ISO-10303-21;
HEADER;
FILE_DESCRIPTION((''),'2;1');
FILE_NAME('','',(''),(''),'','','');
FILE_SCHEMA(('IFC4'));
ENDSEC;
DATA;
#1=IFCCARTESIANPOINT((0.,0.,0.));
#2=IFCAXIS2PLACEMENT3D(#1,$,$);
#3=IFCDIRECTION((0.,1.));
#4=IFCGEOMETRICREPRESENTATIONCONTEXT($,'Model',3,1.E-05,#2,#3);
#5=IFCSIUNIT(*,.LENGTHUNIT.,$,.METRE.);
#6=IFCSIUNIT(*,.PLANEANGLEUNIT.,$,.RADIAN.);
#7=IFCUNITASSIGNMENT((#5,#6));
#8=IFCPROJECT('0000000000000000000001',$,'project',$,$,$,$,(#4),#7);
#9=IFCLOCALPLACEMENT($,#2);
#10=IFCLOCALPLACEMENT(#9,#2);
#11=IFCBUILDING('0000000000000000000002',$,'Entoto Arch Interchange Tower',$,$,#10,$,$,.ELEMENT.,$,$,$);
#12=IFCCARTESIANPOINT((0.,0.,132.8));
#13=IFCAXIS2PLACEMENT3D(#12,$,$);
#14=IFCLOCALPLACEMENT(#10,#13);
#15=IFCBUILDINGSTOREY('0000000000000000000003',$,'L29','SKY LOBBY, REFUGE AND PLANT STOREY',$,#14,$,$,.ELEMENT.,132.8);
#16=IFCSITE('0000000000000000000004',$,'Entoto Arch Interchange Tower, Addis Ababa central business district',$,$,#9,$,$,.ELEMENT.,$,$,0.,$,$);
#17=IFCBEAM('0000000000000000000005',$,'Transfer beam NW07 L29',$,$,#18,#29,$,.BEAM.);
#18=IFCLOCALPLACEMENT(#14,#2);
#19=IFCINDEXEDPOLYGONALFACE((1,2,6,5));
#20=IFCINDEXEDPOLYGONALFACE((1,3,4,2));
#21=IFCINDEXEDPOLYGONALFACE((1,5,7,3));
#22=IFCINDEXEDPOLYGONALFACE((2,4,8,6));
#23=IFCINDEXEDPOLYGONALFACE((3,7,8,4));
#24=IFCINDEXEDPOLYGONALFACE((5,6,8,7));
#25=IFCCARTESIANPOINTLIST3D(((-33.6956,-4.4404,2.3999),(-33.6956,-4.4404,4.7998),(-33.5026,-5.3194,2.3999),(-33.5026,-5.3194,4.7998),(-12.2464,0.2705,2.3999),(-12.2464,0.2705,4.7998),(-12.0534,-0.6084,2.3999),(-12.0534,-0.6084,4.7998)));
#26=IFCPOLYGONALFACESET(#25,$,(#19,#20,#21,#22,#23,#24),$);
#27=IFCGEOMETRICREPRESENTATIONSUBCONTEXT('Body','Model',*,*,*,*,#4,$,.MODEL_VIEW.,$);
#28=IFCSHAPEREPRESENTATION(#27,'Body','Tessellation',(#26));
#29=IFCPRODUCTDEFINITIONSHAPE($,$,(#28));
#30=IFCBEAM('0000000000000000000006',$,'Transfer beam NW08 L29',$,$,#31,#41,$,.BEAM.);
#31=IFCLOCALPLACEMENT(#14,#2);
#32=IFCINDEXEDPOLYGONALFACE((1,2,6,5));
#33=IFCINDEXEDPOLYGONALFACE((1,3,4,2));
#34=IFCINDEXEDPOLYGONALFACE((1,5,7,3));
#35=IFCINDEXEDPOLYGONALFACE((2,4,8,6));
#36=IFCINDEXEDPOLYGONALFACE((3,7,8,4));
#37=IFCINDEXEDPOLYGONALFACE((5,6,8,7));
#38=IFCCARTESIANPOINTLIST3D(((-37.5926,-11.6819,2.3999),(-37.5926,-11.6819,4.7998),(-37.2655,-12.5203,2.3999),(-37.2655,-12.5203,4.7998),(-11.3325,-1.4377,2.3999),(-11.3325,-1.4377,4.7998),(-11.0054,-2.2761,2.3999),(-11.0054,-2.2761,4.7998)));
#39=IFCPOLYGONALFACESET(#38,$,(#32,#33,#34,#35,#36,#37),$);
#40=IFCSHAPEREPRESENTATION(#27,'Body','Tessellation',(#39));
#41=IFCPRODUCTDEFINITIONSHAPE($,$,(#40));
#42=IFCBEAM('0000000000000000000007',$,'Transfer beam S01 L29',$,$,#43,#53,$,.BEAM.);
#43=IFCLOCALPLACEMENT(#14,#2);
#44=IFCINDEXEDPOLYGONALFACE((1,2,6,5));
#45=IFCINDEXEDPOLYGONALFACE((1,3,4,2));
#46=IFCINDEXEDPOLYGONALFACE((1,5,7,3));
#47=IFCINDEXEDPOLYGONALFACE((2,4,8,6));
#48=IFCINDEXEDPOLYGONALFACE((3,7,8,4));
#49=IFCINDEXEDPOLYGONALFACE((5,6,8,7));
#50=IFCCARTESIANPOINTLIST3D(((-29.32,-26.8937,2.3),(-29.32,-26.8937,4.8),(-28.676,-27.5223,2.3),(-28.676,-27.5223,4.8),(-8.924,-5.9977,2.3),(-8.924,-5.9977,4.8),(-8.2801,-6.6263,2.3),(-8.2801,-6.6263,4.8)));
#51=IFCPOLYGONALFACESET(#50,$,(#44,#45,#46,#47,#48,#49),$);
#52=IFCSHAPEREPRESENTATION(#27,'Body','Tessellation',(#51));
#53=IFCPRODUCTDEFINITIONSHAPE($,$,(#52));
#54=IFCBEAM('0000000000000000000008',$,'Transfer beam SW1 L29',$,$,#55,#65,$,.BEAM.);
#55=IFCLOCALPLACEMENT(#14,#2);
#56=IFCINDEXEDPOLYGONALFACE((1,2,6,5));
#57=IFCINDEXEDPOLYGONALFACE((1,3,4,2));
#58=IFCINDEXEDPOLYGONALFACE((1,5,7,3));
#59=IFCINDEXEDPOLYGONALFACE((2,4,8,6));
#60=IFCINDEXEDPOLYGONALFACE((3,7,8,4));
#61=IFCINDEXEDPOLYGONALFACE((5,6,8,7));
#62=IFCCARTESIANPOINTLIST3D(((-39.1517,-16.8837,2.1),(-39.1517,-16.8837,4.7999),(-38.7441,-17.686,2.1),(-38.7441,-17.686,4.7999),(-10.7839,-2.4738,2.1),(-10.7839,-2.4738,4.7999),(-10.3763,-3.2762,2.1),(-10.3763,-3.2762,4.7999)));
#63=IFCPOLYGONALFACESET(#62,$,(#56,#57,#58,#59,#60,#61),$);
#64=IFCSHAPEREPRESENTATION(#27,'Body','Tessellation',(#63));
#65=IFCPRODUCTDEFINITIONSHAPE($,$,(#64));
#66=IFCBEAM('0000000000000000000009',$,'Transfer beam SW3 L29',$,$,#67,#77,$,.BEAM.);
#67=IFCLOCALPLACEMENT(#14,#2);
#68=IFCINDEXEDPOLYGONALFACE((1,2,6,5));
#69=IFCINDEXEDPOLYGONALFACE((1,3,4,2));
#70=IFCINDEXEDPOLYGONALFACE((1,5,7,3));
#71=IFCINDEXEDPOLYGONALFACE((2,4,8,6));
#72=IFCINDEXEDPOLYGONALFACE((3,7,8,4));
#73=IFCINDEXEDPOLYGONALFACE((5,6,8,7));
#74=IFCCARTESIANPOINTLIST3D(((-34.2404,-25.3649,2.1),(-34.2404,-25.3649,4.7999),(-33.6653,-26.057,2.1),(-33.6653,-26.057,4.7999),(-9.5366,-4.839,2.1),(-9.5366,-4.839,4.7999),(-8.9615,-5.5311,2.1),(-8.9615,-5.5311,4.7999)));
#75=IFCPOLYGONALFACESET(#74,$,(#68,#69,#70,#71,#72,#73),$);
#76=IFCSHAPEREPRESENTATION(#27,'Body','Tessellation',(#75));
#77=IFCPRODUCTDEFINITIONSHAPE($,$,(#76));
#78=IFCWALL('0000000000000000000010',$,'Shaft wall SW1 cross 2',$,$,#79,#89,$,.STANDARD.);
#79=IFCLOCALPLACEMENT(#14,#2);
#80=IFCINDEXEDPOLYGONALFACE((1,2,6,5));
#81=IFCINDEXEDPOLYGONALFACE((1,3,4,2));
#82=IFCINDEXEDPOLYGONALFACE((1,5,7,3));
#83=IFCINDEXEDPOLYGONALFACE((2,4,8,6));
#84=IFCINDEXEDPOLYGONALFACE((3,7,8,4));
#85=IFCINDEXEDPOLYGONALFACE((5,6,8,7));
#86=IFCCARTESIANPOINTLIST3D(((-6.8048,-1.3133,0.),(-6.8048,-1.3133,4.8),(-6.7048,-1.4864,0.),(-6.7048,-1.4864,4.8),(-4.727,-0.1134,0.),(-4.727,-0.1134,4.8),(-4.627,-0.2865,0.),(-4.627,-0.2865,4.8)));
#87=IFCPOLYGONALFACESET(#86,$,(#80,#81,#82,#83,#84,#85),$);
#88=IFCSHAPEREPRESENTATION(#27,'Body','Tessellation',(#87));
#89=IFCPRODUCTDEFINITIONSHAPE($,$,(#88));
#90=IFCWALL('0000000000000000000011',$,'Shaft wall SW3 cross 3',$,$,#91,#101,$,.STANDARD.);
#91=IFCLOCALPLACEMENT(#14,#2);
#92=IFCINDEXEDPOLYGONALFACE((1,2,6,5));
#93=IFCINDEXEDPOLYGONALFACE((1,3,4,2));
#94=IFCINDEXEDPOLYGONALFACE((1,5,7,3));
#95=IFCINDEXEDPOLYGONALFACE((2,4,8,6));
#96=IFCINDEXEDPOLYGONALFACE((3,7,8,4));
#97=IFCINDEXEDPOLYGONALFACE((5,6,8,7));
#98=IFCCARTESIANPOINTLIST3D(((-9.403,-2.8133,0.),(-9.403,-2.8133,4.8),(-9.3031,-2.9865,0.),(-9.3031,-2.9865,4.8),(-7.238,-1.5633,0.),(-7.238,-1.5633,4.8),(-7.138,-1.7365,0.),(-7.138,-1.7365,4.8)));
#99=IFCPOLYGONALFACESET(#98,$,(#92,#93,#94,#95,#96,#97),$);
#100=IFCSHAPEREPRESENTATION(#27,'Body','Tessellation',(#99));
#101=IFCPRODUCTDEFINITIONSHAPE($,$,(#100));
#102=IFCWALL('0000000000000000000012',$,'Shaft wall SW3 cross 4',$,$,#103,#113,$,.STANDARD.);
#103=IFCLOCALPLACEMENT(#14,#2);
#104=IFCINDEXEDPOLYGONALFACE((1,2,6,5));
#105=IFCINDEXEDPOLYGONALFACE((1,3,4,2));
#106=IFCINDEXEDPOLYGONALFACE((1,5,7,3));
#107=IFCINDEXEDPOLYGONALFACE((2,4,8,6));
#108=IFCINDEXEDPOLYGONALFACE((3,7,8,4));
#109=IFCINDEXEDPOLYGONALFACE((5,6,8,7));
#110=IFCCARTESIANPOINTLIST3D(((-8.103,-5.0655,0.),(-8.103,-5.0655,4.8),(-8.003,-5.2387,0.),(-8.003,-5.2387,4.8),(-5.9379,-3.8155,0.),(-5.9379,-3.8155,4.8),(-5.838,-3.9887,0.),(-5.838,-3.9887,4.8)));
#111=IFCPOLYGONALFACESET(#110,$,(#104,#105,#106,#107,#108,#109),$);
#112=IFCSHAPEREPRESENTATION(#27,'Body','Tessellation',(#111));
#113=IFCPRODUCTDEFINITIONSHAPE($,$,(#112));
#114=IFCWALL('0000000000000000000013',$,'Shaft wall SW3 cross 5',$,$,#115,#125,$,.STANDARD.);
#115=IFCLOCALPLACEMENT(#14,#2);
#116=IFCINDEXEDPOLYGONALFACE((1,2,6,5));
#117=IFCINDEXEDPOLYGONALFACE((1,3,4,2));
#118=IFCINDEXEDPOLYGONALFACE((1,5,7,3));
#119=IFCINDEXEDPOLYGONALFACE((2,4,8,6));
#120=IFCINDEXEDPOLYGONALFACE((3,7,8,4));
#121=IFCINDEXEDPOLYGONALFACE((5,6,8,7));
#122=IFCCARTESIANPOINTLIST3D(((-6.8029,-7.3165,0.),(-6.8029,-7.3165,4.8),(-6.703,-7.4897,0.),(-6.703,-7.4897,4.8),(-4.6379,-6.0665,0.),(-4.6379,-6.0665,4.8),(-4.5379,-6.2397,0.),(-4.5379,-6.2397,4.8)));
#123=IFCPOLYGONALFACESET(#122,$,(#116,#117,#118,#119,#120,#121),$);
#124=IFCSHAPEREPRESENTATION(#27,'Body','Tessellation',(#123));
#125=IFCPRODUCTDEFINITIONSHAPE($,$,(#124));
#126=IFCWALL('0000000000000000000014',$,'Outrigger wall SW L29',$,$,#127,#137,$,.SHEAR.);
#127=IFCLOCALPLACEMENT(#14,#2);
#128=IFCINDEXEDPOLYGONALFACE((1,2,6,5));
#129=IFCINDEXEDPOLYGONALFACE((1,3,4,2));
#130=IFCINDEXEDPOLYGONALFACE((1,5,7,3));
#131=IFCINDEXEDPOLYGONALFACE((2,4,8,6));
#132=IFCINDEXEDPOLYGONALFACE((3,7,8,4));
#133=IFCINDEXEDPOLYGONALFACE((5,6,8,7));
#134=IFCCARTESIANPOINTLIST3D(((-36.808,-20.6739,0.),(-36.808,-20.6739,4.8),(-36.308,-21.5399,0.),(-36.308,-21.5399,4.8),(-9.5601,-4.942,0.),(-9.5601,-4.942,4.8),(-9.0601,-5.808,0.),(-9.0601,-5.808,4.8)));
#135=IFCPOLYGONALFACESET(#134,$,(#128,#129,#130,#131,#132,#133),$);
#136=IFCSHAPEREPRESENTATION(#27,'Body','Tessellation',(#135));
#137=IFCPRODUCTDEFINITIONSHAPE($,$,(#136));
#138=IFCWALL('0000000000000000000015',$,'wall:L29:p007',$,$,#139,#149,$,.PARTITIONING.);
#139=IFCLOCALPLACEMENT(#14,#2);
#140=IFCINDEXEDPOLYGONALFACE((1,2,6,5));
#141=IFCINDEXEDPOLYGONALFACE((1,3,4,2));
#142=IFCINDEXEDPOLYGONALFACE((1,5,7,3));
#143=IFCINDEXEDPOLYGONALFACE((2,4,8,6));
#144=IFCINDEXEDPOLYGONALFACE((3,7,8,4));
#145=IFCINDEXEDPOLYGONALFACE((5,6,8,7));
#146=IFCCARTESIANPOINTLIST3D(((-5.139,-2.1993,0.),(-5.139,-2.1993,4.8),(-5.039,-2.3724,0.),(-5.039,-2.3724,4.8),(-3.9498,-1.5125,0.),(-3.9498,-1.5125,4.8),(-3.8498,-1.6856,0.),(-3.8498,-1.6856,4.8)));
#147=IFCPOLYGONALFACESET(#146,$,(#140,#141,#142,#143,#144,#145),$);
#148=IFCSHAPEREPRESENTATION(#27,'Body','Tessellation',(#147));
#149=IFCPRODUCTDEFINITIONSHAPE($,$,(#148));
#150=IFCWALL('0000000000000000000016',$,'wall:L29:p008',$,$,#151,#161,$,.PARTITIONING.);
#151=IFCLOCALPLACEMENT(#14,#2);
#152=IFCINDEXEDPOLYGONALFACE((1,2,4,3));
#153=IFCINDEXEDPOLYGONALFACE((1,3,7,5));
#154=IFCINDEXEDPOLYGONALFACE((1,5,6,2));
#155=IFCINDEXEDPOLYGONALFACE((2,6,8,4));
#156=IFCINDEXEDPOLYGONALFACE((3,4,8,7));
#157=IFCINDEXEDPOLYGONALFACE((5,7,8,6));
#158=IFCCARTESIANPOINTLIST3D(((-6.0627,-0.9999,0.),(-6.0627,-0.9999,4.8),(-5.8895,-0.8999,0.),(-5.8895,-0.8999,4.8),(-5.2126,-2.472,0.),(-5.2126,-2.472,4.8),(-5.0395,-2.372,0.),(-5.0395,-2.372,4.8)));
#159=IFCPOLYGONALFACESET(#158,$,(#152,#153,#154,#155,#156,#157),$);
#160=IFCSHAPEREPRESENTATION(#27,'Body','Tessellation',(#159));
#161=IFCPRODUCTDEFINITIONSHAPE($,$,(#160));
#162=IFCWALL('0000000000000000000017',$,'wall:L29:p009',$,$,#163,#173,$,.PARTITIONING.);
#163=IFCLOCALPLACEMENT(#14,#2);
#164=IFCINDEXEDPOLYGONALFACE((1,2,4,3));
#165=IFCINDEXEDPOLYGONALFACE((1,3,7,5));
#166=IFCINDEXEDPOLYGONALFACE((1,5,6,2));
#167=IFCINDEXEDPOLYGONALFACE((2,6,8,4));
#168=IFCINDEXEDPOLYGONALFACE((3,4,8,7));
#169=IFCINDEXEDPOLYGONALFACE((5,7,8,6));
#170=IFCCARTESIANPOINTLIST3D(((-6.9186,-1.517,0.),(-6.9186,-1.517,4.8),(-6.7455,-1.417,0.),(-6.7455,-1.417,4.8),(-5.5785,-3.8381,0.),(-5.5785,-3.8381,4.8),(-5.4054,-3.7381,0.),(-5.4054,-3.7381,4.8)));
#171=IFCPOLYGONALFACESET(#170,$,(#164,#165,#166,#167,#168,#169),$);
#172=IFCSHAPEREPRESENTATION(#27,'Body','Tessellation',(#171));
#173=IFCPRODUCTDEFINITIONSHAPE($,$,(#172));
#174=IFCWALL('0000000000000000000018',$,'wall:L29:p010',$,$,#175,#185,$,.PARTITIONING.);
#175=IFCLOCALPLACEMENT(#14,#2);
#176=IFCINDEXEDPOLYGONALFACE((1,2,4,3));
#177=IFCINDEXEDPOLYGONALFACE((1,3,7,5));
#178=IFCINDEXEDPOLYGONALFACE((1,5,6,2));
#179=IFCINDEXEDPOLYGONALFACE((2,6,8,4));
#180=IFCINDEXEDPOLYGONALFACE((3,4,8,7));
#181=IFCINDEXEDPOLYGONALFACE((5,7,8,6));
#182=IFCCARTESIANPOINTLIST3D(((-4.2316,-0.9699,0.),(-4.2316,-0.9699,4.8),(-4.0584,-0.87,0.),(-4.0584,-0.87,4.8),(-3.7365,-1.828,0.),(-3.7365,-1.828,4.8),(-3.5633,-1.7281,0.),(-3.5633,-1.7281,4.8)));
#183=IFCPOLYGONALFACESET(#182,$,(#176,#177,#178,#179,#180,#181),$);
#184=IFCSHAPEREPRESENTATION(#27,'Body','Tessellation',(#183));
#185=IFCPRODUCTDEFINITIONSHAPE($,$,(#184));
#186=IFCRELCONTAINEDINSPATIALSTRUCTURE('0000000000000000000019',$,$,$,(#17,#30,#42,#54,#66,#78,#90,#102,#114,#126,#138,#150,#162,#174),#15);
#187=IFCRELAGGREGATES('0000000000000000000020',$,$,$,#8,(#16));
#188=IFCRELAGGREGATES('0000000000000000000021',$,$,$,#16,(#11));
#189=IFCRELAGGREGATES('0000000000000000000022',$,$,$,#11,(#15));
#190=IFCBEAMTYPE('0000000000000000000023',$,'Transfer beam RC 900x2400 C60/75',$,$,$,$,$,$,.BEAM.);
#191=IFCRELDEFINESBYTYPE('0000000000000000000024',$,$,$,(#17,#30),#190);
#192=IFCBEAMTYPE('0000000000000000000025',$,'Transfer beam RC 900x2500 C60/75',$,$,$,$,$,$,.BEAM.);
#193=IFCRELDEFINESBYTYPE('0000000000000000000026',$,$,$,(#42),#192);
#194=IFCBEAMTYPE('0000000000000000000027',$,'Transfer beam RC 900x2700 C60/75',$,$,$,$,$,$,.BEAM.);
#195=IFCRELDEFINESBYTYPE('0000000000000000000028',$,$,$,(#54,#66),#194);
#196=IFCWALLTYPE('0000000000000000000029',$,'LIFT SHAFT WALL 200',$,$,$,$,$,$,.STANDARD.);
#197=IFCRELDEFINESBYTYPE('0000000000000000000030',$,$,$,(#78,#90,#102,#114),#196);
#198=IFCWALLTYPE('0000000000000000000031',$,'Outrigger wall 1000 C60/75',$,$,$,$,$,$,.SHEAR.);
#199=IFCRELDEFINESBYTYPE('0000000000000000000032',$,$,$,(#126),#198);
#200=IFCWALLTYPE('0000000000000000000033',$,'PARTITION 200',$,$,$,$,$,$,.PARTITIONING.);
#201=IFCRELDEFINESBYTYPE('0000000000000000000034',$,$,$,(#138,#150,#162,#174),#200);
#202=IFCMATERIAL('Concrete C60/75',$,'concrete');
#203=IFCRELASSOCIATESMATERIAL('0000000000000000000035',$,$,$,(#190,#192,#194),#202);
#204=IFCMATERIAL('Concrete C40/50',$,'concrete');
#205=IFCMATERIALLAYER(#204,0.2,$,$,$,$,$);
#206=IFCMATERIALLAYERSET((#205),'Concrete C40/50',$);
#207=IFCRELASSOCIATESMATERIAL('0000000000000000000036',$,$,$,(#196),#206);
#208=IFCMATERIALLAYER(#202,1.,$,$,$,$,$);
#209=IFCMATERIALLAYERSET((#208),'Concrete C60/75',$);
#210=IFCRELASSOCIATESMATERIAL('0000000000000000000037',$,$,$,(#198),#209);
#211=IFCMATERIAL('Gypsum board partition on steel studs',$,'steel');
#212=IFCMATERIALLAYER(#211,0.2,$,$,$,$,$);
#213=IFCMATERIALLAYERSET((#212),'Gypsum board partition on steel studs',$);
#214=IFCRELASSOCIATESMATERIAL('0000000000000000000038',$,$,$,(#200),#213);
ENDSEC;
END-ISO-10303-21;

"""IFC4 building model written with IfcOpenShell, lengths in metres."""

from ifc_helpers import new_model, si_unit, direction, frame, frame_2d, origin, origin_2d, place, context, subcontext, project, spatial, rectangle, extrude, material, layer, layer_set, material_profile, profile_set, type_object, element, save


model = new_model("IFC4")

# Units and contexts
model_context = context("Model", 3, precision=1e-05, world=origin(), true_north=direction((0.0, 1.0)))
body_context = subcontext(model_context, "Body", "Model", "MODEL_VIEW")
ifc_project = project(units=[si_unit("LENGTHUNIT", "METRE"), si_unit("PLANEANGLEUNIT", "RADIAN")], contexts=[model_context])

# Site, building, storey
site_placement = place(None, origin())
site = spatial("IfcSite", under=ifc_project, at=site_placement, Name="Entoto Arch Interchange Tower, Addis Ababa central business district", CompositionType="ELEMENT", RefElevation=0.0)
building_placement = place(site_placement, origin())
building = spatial("IfcBuilding", under=site, at=building_placement, Name="Entoto Arch Interchange Tower", CompositionType="ELEMENT")
storey_placement = place(building_placement, frame((0.0, 0.0, 132.8)))
storey = spatial("IfcBuildingStorey", under=building, at=storey_placement, Name="L29", Description="SKY LOBBY, REFUGE AND PLANT STOREY", CompositionType="ELEMENT", Elevation=132.8)

# Beams
ifc_material_1 = material(Name="Concrete C60/75", Category="concrete")
ifc_material_profile_1 = material_profile(ifc_material_1, rectangle(XDim=0.8999, YDim=2.3999, at=origin_2d()))
ifc_profile_set_1 = profile_set([ifc_material_profile_1], Name="Concrete C60/75")
beam_type_1 = type_object("IfcBeamType", Name="Transfer beam RC 900x2400 C60/75", PredefinedType="BEAM", material=ifc_profile_set_1)
beam_1_placement = place(storey_placement, frame((-12.1499, -0.1689, 3.5999), z_axis=(-0.97672, -0.214519, 0.0), x_axis=(0.214519, -0.97672, 0.0)))
element("IfcBeam", 1, at=beam_1_placement, inside=storey, type_object=beam_type_1, Name="Transfer beam NW07 L29", PredefinedType="BEAM", context=body_context, shape_type="SweptSolid", body=[
    extrude(rectangle(XDim=0.8999, YDim=2.3999, at=origin_2d()), origin(), (0.0, 0.0, 1.0), 21.9604),
])
beam_2_placement = place(storey_placement, frame((-11.1689, -1.8569, 3.5999), z_axis=(-0.931622, -0.36343, 0.0), x_axis=(0.36343, -0.931622, 0.0)))
element("IfcBeam", 2, at=beam_2_placement, inside=storey, type_object=beam_type_1, Name="Transfer beam NW08 L29", PredefinedType="BEAM", context=body_context, shape_type="SweptSolid", body=[
    extrude(rectangle(XDim=0.8999, YDim=2.3999, at=origin_2d()), origin(), (0.0, 0.0, 1.0), 28.1875),
])
ifc_material_profile_2 = material_profile(ifc_material_1, rectangle(XDim=0.8999, YDim=2.5, at=origin_2d()))
ifc_profile_set_2 = profile_set([ifc_material_profile_2], Name="Concrete C60/75")
beam_type_2 = type_object("IfcBeamType", Name="Transfer beam RC 900x2500 C60/75", PredefinedType="BEAM", material=ifc_profile_set_2)
beam_3_placement = place(storey_placement, frame((-8.6021, -6.312, 3.55), z_axis=(-0.698493, -0.715617, 0.0), x_axis=(0.715617, -0.698493, 0.0)))
element("IfcBeam", 3, at=beam_3_placement, inside=storey, type_object=beam_type_2, Name="Transfer beam S01 L29", PredefinedType="BEAM", context=body_context, shape_type="SweptSolid", body=[
    extrude(rectangle(XDim=0.8999, YDim=2.5, at=origin_2d()), origin(), (0.0, 0.0, 1.0), 29.2),
])
ifc_material_profile_3 = material_profile(ifc_material_1, rectangle(XDim=0.8999, YDim=2.7, at=origin_2d()))
ifc_profile_set_3 = profile_set([ifc_material_profile_3], Name="Concrete C60/75")
beam_type_3 = type_object("IfcBeamType", Name="Transfer beam RC 900x2700 C60/75", PredefinedType="BEAM", material=ifc_profile_set_3)
beam_4_placement = place(storey_placement, frame((-10.5801, -2.875, 3.45), z_axis=(-0.891569, -0.452886, 0.0), x_axis=(0.452886, -0.891569, 0.0)))
element("IfcBeam", 4, at=beam_4_placement, inside=storey, type_object=beam_type_3, Name="Transfer beam SW1 L29", PredefinedType="BEAM", context=body_context, shape_type="SweptSolid", body=[
    extrude(rectangle(XDim=0.8999, YDim=2.7, at=origin_2d()), origin(), (0.0, 0.0, 1.0), 31.8179),
])
beam_5_placement = place(storey_placement, frame((-9.249, -5.1851, 3.45), z_axis=(-0.769149, -0.639069, 0.0), x_axis=(0.639069, -0.769149, 0.0)))
element("IfcBeam", 5, at=beam_5_placement, inside=storey, type_object=beam_type_3, Name="Transfer beam SW3 L29", PredefinedType="BEAM", context=body_context, shape_type="SweptSolid", body=[
    extrude(rectangle(XDim=0.8999, YDim=2.7, at=origin_2d()), origin(), (0.0, 0.0, 1.0), 32.1184),
])

# Walls
ifc_material_2 = material(Name="Concrete C40/50", Category="concrete")
ifc_layer_1 = layer(ifc_material_2, 0.2)
ifc_layer_set_1 = layer_set([ifc_layer_1], Name="Concrete C40/50")
wall_type_1 = type_object("IfcWallType", Name="LIFT SHAFT WALL 200", PredefinedType="STANDARD", material=ifc_layer_set_1)
wall_1_placement = place(storey_placement, frame((-4.677, -0.2, 0.0), z_axis=(0.0, 0.0, 1.0), x_axis=(-0.865974, -0.500089, 0.0)))
element("IfcWall", 6, at=wall_1_placement, inside=storey, type_object=wall_type_1, Name="Shaft wall SW1 cross 2", PredefinedType="STANDARD", context=body_context, shape_type="SweptSolid", body=[
    extrude(rectangle(XDim=2.3994, YDim=0.2, at=frame_2d((1.1997, 0.0))), origin(), (0.0, 0.0, 1.0), 4.8),
])
for number, where, z_axis, x_axis, name in (
    (7, (-7.188, -1.6499, 0.0), (0.0, 0.0, 1.0), (-0.866023, -0.500004, 0.0), "Shaft wall SW3 cross 3"),
    (8, (-5.8879, -3.9021, 0.0), (0.0, 0.0, 1.0), (-0.866023, -0.500004, 0.0), "Shaft wall SW3 cross 4"),
    (9, (-4.5879, -6.1531, 0.0), (0.0, 0.0, 1.0), (-0.866023, -0.500004, 0.0), "Shaft wall SW3 cross 5"),
):
    element("IfcWall", number, at=place(storey_placement, frame(where, z_axis=z_axis, x_axis=x_axis)), inside=storey, type_object=wall_type_1, Name=name, PredefinedType="STANDARD", context=body_context, shape_type="SweptSolid", body=[
        extrude(rectangle(XDim=2.5, YDim=0.2, at=frame_2d((1.25, 0.0))), origin(), (0.0, 0.0, 1.0), 4.8),
    ])
ifc_layer_2 = layer(ifc_material_1, 1.0)
ifc_layer_set_2 = layer_set([ifc_layer_2], Name="Concrete C60/75")
wall_type_2 = type_object("IfcWallType", Name="Outrigger wall 1000 C60/75", PredefinedType="SHEAR", material=ifc_layer_set_2)
wall_2_placement = place(storey_placement, frame((-9.3101, -5.375, 0.0), z_axis=(0.0, 0.0, 1.0), x_axis=(-0.866022, -0.500006, 0.0)))
element("IfcWall", 10, at=wall_2_placement, inside=storey, type_object=wall_type_2, Name="Outrigger wall SW L29", PredefinedType="SHEAR", context=body_context, shape_type="SweptSolid", body=[
    extrude(rectangle(XDim=31.4634, YDim=1.0, at=frame_2d((15.7317, 0.0))), origin(), (0.0, 0.0, 1.0), 4.8),
])
ifc_material_3 = material(Name="Gypsum board partition on steel studs", Category="steel")
ifc_layer_3 = layer(ifc_material_3, 0.2)
ifc_layer_set_3 = layer_set([ifc_layer_3], Name="Gypsum board partition on steel studs")
wall_type_3 = type_object("IfcWallType", Name="PARTITION 200", PredefinedType="PARTITIONING", material=ifc_layer_set_3)
wall_3_placement = place(storey_placement, frame((-3.8999, -1.5991, 0.0), z_axis=(0.0, 0.0, 1.0), x_axis=(-0.865969, -0.500097, 0.0)))
element("IfcWall", 11, at=wall_3_placement, inside=storey, type_object=wall_type_3, Name="wall:L29:p007", PredefinedType="PARTITIONING", context=body_context, shape_type="SweptSolid", body=[
    extrude(rectangle(XDim=1.3733, YDim=0.2, at=frame_2d((0.6865, 0.0))), origin(), (0.0, 0.0, 1.0), 4.8),
])
wall_4_placement = place(storey_placement, frame((-5.126, -2.4221, 0.0), z_axis=(0.0, 0.0, 1.0), x_axis=(-0.500062, 0.865989, 0.0)))
element("IfcWall", 12, at=wall_4_placement, inside=storey, type_object=wall_type_3, Name="wall:L29:p008", PredefinedType="PARTITIONING", context=body_context, shape_type="SweptSolid", body=[
    extrude(rectangle(XDim=1.7, YDim=0.2, at=frame_2d((0.8501, 0.0))), origin(), (0.0, 0.0, 1.0), 4.8),
])
wall_5_placement = place(storey_placement, frame((-5.4919, -3.7881, 0.0), z_axis=(0.0, 0.0, 1.0), x_axis=(-0.500009, 0.86602, 0.0)))
element("IfcWall", 13, at=wall_5_placement, inside=storey, type_object=wall_type_3, Name="wall:L29:p009", PredefinedType="PARTITIONING", context=body_context, shape_type="SweptSolid", body=[
    extrude(rectangle(XDim=2.6802, YDim=0.2, at=frame_2d((1.3401, 0.0))), origin(), (0.0, 0.0, 1.0), 4.8),
])
wall_6_placement = place(storey_placement, frame((-4.145, -0.9199, 0.0), z_axis=(0.0, 0.0, 1.0), x_axis=(0.499744, -0.866173, 0.0)))
element("IfcWall", 14, at=wall_6_placement, inside=storey, type_object=wall_type_3, Name="wall:L29:p010", PredefinedType="PARTITIONING", context=body_context, shape_type="SweptSolid", body=[
    extrude(rectangle(XDim=0.9907, YDim=0.2, at=frame_2d((0.4954, 0.0))), origin(), (0.0, 0.0, 1.0), 4.8),
])

save(model, "model.ifc")
